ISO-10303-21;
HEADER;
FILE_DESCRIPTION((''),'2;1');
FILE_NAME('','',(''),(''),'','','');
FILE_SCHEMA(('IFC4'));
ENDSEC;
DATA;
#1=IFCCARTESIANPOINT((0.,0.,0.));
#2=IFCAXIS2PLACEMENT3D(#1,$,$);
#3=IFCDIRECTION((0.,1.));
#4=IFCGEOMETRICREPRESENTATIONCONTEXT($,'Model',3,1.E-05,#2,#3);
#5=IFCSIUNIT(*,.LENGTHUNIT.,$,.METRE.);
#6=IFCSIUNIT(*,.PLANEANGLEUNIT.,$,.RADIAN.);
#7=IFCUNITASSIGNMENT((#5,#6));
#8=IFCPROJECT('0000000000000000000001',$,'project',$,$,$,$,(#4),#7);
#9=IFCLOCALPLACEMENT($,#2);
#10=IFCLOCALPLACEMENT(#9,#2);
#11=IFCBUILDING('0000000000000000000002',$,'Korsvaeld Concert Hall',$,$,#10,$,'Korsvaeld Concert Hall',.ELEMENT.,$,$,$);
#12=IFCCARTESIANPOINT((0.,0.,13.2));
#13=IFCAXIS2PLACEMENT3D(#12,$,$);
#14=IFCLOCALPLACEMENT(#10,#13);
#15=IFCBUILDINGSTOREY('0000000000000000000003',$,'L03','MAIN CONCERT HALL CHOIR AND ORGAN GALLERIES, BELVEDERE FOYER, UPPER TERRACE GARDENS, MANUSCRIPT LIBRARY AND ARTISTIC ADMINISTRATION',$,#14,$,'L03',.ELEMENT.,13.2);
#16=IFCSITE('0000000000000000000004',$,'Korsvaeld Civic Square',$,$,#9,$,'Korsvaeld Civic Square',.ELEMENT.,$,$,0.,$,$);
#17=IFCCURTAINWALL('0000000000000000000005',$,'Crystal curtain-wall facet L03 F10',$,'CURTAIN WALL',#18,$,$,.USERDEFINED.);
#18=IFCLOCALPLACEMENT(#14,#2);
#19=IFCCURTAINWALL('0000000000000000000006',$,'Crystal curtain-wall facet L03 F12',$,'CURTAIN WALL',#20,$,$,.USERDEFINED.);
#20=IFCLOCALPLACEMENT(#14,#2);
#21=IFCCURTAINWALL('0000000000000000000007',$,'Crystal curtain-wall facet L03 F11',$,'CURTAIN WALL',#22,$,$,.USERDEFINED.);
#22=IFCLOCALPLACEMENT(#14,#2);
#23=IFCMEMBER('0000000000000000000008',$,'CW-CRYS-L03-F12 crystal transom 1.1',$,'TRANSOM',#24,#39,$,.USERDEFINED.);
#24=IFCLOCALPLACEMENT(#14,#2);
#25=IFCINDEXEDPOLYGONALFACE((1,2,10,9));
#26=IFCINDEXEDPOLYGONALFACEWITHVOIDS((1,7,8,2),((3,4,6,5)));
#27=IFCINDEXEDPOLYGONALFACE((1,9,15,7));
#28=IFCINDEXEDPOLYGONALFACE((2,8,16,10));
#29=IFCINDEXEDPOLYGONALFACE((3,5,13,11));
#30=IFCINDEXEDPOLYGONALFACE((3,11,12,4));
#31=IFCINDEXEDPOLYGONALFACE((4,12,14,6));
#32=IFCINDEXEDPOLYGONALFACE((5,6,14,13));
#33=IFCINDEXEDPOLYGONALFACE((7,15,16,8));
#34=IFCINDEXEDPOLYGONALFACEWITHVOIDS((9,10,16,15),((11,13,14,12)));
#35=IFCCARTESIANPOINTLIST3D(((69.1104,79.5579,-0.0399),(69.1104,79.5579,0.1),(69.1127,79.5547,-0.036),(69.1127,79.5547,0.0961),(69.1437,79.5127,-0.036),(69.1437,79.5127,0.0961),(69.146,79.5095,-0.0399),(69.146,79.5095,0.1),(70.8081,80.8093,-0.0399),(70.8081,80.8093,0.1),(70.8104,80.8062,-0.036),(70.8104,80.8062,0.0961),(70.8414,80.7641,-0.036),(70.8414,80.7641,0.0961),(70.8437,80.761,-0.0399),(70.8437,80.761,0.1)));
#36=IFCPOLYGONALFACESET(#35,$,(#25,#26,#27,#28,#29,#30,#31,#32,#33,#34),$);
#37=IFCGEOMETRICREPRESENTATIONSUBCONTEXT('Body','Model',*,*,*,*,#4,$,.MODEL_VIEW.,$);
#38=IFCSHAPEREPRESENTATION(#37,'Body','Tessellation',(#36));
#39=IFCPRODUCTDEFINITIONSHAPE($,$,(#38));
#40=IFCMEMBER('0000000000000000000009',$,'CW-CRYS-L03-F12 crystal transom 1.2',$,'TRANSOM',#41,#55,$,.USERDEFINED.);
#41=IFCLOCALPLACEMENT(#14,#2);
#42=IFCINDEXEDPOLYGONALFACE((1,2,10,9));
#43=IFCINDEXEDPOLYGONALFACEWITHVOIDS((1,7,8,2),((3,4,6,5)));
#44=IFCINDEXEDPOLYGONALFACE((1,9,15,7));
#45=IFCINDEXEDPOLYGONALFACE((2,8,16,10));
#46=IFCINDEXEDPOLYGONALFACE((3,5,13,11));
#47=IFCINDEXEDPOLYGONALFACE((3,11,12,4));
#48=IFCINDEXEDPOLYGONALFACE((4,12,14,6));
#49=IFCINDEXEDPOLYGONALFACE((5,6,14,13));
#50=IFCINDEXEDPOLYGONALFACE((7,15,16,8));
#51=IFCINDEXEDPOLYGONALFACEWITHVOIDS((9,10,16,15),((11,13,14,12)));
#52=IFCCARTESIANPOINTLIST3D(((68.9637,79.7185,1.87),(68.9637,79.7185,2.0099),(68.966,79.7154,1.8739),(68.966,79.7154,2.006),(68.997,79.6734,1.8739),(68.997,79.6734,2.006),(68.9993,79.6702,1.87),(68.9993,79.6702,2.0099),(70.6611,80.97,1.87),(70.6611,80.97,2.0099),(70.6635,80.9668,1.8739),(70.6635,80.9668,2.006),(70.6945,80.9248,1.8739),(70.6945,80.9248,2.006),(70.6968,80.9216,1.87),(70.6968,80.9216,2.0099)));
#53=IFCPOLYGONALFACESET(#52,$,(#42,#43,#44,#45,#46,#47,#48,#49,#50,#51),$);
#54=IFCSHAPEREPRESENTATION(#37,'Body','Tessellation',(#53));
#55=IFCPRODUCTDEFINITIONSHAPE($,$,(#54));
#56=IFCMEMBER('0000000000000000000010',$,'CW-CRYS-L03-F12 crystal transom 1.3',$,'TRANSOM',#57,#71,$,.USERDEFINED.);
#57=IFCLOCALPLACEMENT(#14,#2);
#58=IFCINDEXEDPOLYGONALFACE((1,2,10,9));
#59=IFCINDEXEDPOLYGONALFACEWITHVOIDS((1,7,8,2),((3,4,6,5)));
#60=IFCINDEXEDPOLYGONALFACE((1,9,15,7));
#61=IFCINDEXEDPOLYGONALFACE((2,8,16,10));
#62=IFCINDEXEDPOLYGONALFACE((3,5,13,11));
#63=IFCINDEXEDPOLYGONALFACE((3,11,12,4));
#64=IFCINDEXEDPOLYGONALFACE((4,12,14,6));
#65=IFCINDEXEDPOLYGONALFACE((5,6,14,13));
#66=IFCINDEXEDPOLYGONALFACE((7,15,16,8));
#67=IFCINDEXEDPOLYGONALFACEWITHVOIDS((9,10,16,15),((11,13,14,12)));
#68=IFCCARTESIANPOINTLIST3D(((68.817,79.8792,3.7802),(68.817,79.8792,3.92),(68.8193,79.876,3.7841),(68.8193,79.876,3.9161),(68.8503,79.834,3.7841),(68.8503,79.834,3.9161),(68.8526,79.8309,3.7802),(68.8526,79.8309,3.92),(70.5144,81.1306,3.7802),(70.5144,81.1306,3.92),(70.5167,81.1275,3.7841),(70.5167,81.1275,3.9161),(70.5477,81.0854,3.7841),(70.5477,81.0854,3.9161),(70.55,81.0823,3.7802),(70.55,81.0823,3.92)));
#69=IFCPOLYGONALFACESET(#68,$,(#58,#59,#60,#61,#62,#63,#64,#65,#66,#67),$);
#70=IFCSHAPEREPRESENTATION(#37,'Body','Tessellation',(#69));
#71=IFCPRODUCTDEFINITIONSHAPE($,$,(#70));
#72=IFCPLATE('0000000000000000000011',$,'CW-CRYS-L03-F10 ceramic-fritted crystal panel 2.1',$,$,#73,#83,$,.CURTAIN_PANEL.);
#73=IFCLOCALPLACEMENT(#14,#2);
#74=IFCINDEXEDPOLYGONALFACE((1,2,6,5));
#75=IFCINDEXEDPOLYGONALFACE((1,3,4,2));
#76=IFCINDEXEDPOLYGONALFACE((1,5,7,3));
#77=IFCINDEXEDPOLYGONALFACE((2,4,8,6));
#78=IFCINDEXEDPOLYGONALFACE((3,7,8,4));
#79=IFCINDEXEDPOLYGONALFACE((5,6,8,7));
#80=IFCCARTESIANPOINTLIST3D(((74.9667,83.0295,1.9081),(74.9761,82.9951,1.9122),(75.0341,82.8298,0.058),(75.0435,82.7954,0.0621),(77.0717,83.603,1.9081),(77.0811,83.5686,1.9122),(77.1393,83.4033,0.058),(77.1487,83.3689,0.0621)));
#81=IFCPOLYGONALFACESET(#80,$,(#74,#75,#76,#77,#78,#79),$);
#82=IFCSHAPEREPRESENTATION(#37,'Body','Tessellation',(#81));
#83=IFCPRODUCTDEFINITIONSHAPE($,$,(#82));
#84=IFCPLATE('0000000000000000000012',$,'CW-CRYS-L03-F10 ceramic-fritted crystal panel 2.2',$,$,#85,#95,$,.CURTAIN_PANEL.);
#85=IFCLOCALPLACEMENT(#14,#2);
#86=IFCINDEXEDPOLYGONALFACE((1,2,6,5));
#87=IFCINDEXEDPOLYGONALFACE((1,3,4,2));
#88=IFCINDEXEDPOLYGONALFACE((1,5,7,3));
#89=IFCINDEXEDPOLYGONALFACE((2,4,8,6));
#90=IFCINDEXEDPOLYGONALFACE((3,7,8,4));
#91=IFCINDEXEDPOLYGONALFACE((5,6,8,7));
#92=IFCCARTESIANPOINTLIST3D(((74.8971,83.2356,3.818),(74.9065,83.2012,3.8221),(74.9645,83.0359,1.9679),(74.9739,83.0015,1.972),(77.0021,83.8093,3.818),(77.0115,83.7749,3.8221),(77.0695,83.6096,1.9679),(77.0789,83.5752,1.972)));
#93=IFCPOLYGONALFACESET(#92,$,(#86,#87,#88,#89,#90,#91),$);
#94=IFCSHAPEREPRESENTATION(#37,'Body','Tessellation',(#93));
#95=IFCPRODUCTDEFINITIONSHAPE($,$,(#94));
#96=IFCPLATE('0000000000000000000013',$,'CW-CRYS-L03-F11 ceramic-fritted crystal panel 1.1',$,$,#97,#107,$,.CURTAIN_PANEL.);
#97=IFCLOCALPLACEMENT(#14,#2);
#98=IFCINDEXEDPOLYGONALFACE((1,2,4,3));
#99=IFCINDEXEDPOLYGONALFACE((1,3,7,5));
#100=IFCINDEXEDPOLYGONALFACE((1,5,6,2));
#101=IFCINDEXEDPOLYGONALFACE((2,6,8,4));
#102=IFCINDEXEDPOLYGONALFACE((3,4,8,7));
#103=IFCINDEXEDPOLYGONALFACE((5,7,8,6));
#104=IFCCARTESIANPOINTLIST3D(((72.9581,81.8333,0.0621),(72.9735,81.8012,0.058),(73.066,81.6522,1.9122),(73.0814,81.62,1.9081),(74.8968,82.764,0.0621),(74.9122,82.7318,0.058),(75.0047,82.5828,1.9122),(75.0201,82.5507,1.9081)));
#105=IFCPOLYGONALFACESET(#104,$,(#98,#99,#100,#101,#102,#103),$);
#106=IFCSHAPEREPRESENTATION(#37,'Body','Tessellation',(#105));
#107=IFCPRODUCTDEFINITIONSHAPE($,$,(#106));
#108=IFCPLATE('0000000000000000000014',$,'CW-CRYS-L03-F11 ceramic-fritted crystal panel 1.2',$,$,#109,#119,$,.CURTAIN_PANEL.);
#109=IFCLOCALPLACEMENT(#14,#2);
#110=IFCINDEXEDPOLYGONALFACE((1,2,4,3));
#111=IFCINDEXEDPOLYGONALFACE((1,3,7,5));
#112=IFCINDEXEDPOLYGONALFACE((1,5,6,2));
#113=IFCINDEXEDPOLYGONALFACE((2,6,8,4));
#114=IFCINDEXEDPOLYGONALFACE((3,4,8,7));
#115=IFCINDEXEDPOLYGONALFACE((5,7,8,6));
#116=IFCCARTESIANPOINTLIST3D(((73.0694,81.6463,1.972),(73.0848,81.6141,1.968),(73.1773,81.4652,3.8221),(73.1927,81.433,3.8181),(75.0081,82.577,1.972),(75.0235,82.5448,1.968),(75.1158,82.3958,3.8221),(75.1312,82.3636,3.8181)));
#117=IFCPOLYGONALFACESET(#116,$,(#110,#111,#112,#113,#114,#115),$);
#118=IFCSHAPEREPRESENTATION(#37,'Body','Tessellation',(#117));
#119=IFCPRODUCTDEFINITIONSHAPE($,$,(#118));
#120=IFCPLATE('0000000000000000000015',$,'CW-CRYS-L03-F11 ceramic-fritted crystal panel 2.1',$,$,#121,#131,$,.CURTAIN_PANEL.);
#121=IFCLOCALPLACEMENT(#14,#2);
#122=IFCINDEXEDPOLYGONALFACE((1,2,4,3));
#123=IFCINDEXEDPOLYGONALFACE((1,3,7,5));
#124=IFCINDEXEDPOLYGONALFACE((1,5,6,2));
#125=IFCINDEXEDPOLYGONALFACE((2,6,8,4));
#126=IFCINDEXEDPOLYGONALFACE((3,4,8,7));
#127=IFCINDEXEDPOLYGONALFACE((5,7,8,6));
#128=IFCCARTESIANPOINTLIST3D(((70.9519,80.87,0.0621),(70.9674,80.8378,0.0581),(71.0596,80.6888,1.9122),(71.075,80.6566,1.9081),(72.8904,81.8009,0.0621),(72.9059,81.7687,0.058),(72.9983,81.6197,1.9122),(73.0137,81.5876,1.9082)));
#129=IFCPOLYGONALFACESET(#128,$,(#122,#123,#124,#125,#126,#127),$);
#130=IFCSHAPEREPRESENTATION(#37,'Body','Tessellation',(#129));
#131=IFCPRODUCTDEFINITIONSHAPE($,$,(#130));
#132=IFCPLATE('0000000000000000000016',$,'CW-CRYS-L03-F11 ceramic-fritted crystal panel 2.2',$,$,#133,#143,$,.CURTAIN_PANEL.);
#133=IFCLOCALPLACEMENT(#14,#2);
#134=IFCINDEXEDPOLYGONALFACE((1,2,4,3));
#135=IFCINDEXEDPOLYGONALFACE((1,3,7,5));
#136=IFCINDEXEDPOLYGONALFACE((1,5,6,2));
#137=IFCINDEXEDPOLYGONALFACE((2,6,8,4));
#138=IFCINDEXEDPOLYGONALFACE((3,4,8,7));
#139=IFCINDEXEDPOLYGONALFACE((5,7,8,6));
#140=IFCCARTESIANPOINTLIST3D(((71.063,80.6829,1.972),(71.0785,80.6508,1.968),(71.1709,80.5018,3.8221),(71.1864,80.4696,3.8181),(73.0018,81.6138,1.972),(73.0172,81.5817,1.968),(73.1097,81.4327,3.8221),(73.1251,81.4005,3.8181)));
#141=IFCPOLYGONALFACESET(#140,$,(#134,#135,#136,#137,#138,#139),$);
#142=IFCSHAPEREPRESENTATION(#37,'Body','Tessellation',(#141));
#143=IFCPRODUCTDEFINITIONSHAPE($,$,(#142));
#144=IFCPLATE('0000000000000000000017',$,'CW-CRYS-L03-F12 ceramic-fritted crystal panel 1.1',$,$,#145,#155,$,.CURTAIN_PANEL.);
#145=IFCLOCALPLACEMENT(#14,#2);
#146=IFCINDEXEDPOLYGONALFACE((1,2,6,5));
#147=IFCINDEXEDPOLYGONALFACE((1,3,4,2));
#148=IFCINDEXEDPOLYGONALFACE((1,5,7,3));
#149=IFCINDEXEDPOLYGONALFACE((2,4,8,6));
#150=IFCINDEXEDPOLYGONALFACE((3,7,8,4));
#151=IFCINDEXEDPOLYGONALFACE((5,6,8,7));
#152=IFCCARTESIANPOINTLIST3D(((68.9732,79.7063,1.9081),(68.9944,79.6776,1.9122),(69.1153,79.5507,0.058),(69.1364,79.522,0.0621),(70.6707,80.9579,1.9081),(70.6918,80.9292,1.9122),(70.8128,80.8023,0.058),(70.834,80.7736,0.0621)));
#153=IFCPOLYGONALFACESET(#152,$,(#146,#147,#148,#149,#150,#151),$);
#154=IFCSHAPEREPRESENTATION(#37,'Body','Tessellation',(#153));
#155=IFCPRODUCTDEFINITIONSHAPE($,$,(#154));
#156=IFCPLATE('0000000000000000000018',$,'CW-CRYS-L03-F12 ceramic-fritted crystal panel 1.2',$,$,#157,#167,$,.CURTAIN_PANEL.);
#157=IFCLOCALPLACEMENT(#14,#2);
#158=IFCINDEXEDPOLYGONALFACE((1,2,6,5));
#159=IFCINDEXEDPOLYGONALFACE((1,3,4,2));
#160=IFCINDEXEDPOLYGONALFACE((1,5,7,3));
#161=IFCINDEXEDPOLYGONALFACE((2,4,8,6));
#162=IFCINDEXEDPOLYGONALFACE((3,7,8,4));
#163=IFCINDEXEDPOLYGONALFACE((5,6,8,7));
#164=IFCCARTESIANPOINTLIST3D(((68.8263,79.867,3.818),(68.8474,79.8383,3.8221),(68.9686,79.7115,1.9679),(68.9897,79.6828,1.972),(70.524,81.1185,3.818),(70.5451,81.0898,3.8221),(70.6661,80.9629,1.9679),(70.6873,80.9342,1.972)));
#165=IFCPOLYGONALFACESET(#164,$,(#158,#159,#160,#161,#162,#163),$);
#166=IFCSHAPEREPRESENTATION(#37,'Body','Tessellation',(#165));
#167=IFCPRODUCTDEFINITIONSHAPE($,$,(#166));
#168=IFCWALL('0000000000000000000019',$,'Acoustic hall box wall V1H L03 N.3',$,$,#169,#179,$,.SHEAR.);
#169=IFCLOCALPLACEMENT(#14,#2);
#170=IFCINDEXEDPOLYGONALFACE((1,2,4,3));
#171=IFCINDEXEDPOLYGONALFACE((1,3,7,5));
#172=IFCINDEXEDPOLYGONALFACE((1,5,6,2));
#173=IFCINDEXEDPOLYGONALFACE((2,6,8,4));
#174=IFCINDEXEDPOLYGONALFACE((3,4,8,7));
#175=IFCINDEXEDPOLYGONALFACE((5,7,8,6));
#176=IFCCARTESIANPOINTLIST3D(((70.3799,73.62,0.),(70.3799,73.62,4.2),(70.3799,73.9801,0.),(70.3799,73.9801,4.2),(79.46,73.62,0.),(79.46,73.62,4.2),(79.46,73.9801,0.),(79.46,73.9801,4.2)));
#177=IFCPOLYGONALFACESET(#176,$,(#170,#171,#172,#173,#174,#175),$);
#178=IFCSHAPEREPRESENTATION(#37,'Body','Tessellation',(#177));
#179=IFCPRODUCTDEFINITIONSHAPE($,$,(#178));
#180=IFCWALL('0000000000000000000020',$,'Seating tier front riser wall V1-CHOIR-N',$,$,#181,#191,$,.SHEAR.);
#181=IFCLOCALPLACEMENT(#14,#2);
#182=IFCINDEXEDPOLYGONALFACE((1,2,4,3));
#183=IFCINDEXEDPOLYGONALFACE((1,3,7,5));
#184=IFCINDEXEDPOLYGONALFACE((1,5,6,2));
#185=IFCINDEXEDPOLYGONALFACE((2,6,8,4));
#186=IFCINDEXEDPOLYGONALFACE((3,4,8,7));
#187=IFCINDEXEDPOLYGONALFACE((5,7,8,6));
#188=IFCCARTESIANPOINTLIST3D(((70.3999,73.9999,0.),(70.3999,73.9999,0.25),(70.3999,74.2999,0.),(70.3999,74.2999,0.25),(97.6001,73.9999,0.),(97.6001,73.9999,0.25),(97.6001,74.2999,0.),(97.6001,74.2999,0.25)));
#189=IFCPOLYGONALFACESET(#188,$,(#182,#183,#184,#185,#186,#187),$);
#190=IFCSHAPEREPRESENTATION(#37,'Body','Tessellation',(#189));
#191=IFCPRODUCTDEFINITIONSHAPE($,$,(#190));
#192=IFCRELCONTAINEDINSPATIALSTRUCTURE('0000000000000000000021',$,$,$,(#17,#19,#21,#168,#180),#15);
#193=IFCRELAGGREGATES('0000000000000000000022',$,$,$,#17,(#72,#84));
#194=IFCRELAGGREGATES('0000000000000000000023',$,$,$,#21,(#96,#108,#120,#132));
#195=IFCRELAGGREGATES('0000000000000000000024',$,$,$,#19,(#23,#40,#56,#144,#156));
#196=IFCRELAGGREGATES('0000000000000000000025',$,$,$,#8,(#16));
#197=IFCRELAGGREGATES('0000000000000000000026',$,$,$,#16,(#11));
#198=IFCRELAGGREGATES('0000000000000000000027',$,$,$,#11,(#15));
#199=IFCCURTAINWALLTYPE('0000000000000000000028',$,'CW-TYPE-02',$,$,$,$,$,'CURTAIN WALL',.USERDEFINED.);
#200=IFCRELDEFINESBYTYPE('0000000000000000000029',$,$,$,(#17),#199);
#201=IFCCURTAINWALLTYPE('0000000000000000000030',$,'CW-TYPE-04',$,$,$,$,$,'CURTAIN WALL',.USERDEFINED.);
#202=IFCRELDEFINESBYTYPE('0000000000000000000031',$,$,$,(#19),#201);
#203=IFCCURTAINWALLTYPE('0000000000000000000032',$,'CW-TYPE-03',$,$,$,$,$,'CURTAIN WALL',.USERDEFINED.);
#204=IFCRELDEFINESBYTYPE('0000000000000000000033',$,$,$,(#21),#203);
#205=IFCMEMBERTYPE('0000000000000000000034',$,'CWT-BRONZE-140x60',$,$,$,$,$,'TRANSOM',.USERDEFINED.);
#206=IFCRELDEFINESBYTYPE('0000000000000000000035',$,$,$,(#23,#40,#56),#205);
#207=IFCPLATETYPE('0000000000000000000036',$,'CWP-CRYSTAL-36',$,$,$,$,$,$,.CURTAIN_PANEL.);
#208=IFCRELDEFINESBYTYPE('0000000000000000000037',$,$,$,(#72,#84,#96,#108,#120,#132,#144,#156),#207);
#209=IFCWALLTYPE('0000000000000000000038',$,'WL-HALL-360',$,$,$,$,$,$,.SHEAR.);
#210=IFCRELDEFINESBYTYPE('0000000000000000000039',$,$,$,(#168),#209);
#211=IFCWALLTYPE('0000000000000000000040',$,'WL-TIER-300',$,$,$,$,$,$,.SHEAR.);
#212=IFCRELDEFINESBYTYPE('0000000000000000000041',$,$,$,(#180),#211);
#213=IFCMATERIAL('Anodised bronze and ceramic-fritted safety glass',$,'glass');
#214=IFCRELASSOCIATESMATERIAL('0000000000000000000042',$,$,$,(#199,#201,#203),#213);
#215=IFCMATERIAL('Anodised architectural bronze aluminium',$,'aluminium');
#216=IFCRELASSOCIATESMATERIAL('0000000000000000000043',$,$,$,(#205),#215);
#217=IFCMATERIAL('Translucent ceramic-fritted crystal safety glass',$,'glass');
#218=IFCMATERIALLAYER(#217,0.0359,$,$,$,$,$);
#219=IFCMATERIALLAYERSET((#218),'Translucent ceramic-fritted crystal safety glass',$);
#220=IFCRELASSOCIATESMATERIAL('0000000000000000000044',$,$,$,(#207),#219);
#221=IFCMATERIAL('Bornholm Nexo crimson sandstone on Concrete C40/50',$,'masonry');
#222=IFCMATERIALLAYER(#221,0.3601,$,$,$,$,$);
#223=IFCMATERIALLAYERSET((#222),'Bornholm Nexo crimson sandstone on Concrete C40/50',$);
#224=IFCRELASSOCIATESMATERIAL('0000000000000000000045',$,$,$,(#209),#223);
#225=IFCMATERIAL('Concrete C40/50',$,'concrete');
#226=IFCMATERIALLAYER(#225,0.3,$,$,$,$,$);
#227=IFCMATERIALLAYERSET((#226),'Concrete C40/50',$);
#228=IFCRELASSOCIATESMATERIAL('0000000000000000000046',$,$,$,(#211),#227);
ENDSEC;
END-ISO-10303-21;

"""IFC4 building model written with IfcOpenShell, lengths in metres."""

from ifc_helpers import new_model, si_unit, direction, frame, frame_2d, origin, origin_2d, place, context, subcontext, project, spatial, polyline, rectangle, hollow_rectangle, outline, extrude, material, layer, layer_set, material_profile, profile_set, type_object, element, aggregate, save


model = new_model("IFC4")

# Units and contexts
model_context = context("Model", 3, precision=1e-05, world=origin(), true_north=direction((0.0, 1.0)))
body_context = subcontext(model_context, "Body", "Model", "MODEL_VIEW")
ifc_project = project(units=[si_unit("LENGTHUNIT", "METRE"), si_unit("PLANEANGLEUNIT", "RADIAN")], contexts=[model_context])

# Site, building, storey
site_placement = place(None, origin())
site = spatial("IfcSite", under=ifc_project, at=site_placement, Name="Korsvaeld Civic Square", LongName="Korsvaeld Civic Square", CompositionType="ELEMENT", RefElevation=0.0)
building_placement = place(site_placement, origin())
building = spatial("IfcBuilding", under=site, at=building_placement, Name="Korsvaeld Concert Hall", LongName="Korsvaeld Concert Hall", CompositionType="ELEMENT")
storey_placement = place(building_placement, frame((0.0, 0.0, 13.2)))
storey = spatial("IfcBuildingStorey", under=building, at=storey_placement, Name="L03", Description="MAIN CONCERT HALL CHOIR AND ORGAN GALLERIES, BELVEDERE FOYER, UPPER TERRACE GARDENS, MANUSCRIPT LIBRARY AND ARTISTIC ADMINISTRATION", LongName="L03", CompositionType="ELEMENT", Elevation=13.2)

# Shared definitions
ifc_material_1 = material(Name="Concrete C40/50", Category="concrete")

# Curtain wall
ifc_material_2 = material(Name="Anodised bronze and ceramic-fritted safety glass", Category="glass")
curtain_wall_type_1 = type_object("IfcCurtainWallType", Name="CW-TYPE-02", ElementType="CURTAIN WALL", PredefinedType="USERDEFINED", material=ifc_material_2)
curtain_wall_1_placement = place(storey_placement, origin())
curtain_wall_1 = element("IfcCurtainWall", 1, at=curtain_wall_1_placement, inside=storey, type_object=curtain_wall_type_1, Name="Crystal curtain-wall facet L03 F10", ObjectType="CURTAIN WALL", PredefinedType="USERDEFINED")
ifc_material_3 = material(Name="Anodised architectural bronze aluminium", Category="aluminium")

# Curtain wall
curtain_wall_type_2 = type_object("IfcCurtainWallType", Name="CW-TYPE-04", ElementType="CURTAIN WALL", PredefinedType="USERDEFINED", material=ifc_material_2)
curtain_wall_2_placement = place(storey_placement, origin())
curtain_wall_2 = element("IfcCurtainWall", 2, at=curtain_wall_2_placement, inside=storey, type_object=curtain_wall_type_2, Name="Crystal curtain-wall facet L03 F12", ObjectType="CURTAIN WALL", PredefinedType="USERDEFINED")

# Curtain wall
curtain_wall_type_3 = type_object("IfcCurtainWallType", Name="CW-TYPE-03", ElementType="CURTAIN WALL", PredefinedType="USERDEFINED", material=ifc_material_2)
curtain_wall_3_placement = place(storey_placement, origin())
curtain_wall_3 = element("IfcCurtainWall", 3, at=curtain_wall_3_placement, inside=storey, type_object=curtain_wall_type_3, Name="Crystal curtain-wall facet L03 F11", ObjectType="CURTAIN WALL", PredefinedType="USERDEFINED")

# Members
ifc_material_profile_1 = material_profile(ifc_material_3, hollow_rectangle(XDim=0.0601, YDim=0.1399, WallThickness=0.0039, at=origin_2d()), Name="CWT 140x60x4")
ifc_profile_set_1 = profile_set([ifc_material_profile_1], Name="Anodised architectural bronze aluminium")
member_type_1 = type_object("IfcMemberType", Name="CWT-BRONZE-140x60", ElementType="TRANSOM", PredefinedType="USERDEFINED", material=ifc_profile_set_1)
member_1_placement = place(storey_placement, frame((70.8259, 80.7852, 0.03), z_axis=(-0.804945, -0.593349, 0.0), x_axis=(0.593349, -0.804945, 0.0)))
member_1 = element("IfcMember", 4, at=member_1_placement, type_object=member_type_1, Name="CW-CRYS-L03-F12 crystal transom 1.1", ObjectType="TRANSOM", PredefinedType="USERDEFINED", context=body_context, shape_type="SweptSolid", body=[
    extrude(hollow_rectangle(XDim=0.0601, YDim=0.1399, WallThickness=0.0039, at=origin_2d()), origin(), (0.0, 0.0, 1.0), 2.1091),
])
member_2_placement = place(storey_placement, frame((70.679, 80.9458, 1.9399), z_axis=(-0.804905, -0.593404, 0.0), x_axis=(0.593404, -0.804905, 0.0)))
member_2 = element("IfcMember", 5, at=member_2_placement, type_object=member_type_1, Name="CW-CRYS-L03-F12 crystal transom 1.2", ObjectType="TRANSOM", PredefinedType="USERDEFINED", context=body_context, shape_type="SweptSolid", body=[
    extrude(hollow_rectangle(XDim=0.0601, YDim=0.1399, WallThickness=0.0039, at=origin_2d()), origin(), (0.0, 0.0, 1.0), 2.1089),
])
member_3_placement = place(storey_placement, frame((70.5322, 81.1064, 3.8501), z_axis=(-0.804905, -0.593404, 0.0), x_axis=(0.593404, -0.804905, 0.0)))
member_3 = element("IfcMember", 6, at=member_3_placement, type_object=member_type_1, Name="CW-CRYS-L03-F12 crystal transom 1.3", ObjectType="TRANSOM", PredefinedType="USERDEFINED", context=body_context, shape_type="SweptSolid", body=[
    extrude(hollow_rectangle(XDim=0.0601, YDim=0.1399, WallThickness=0.0039, at=origin_2d()), origin(), (0.0, 0.0, 1.0), 2.1089),
])

# Plates
ifc_material_4 = material(Name="Translucent ceramic-fritted crystal safety glass", Category="glass")
ifc_layer_1 = layer(ifc_material_4, 0.0359)
ifc_layer_set_1 = layer_set([ifc_layer_1], Name="Translucent ceramic-fritted crystal safety glass")
plate_type = type_object("IfcPlateType", Name="CWP-CRYSTAL-36", PredefinedType="CURTAIN_PANEL", material=ifc_layer_set_1)
plate_1_placement = place(storey_placement, frame((77.144, 83.386, 0.0601), z_axis=(-0.261164, 0.958656, -0.11301), x_axis=(-0.964837, -0.262847, 0.000002)))
plate_1 = element("IfcPlate", 7, at=plate_1_placement, type_object=plate_type, Name="CW-CRYS-L03-F10 ceramic-fritted crystal panel 2.1", PredefinedType="CURTAIN_PANEL", context=body_context, shape_type="SweptSolid", body=[
    extrude(outline(polyline([(0.0, 0.0), (2.1819, 0.0), (2.1945, 1.862), (0.0128, 1.862), (0.0, 0.0)])), frame((0.0, 0.0, 0.0181)), (0.0, 0.0, -1.0), 0.0359),
])
plate_2_placement = place(storey_placement, frame((77.0742, 83.5923, 1.97), z_axis=(-0.261282, 0.958626, -0.112994), x_axis=(-0.964805, -0.262966, 0.0)))
plate_2 = element("IfcPlate", 8, at=plate_2_placement, type_object=plate_type, Name="CW-CRYS-L03-F10 ceramic-fritted crystal panel 2.2", PredefinedType="CURTAIN_PANEL", context=body_context, shape_type="SweptSolid", body=[
    extrude(outline(polyline([(0.0, 0.0), (2.1818, 0.0), (2.1943, 1.862), (0.0125, 1.862), (0.0, 0.0)])), frame((0.0, 0.0, 0.0181)), (0.0, 0.0, -1.0), 0.0359),
])
aggregate(curtain_wall_1, [plate_1, plate_2])
plate_3_placement = place(storey_placement, frame((74.9045, 82.7478, 0.0601), z_axis=(-0.429999, 0.895756, 0.112788), x_axis=(-0.901509, -0.432761, 0.0)))
plate_3 = element("IfcPlate", 9, at=plate_3_placement, type_object=plate_type, Name="CW-CRYS-L03-F11 ceramic-fritted crystal panel 1.1", PredefinedType="CURTAIN_PANEL", context=body_context, shape_type="SweptSolid", body=[
    extrude(outline(polyline([(0.0, 0.0), (2.1505, 0.0), (2.1316, 1.862), (-0.0189, 1.862), (0.0, 0.0)])), frame((0.0, 0.0, 0.0181)), (0.0, 0.0, -1.0), 0.0359),
])
plate_4_placement = place(storey_placement, frame((75.0159, 82.5608, 1.97), z_axis=(-0.430023, 0.895749, 0.112761), x_axis=(-0.901498, -0.432782, -0.000003)))
plate_4 = element("IfcPlate", 10, at=plate_4_placement, type_object=plate_type, Name="CW-CRYS-L03-F11 ceramic-fritted crystal panel 1.2", PredefinedType="CURTAIN_PANEL", context=body_context, shape_type="SweptSolid", body=[
    extrude(outline(polyline([(0.0, 0.0), (2.1505, 0.0), (2.1316, 1.862), (-0.0187, 1.862), (0.0, 0.0)])), frame((0.0, 0.0, 0.0181)), (0.0, 0.0, -1.0), 0.0359),
])
plate_5_placement = place(storey_placement, frame((72.8982, 81.7847, 0.0601), z_axis=(-0.430114, 0.895705, 0.112762), x_axis=(-0.901454, -0.432875, 0.000003)))
plate_5 = element("IfcPlate", 11, at=plate_5_placement, type_object=plate_type, Name="CW-CRYS-L03-F11 ceramic-fritted crystal panel 2.1", PredefinedType="CURTAIN_PANEL", context=body_context, shape_type="SweptSolid", body=[
    extrude(outline(polyline([(0.0, 0.0), (2.1504, 0.0), (2.1318, 1.862), (-0.0189, 1.862), (0.0, 0.0)])), frame((0.0, 0.0, 0.0181)), (0.0, 0.0, -1.0), 0.0359),
])
plate_6_placement = place(storey_placement, frame((73.0095, 81.5977, 1.97), z_axis=(-0.430091, 0.895712, 0.112789), x_axis=(-0.901465, -0.432853, 0.0)))
plate_6 = element("IfcPlate", 12, at=plate_6_placement, type_object=plate_type, Name="CW-CRYS-L03-F11 ceramic-fritted crystal panel 2.2", PredefinedType="CURTAIN_PANEL", context=body_context, shape_type="SweptSolid", body=[
    extrude(outline(polyline([(0.0, 0.0), (2.1506, 0.0), (2.1318, 1.862), (-0.0189, 1.862), (0.0, 0.0)])), frame((0.0, 0.0, 0.0181)), (0.0, 0.0, -1.0), 0.0359),
])
aggregate(curtain_wall_3, [plate_3, plate_4, plate_5, plate_6])
plate_7_placement = place(storey_placement, frame((70.8235, 80.7878, 0.0601), z_axis=(-0.58967, 0.799761, -0.112567), x_axis=(-0.804877, -0.593442, -0.000005)))
plate_7 = element("IfcPlate", 13, at=plate_7_placement, type_object=plate_type, Name="CW-CRYS-L03-F12 ceramic-fritted crystal panel 1.1", PredefinedType="CURTAIN_PANEL", context=body_context, shape_type="SweptSolid", body=[
    extrude(outline(polyline([(0.0, 0.0), (2.1091, 0.0), (2.131, 1.8619), (0.0221, 1.8619), (0.0, 0.0)])), frame((0.0, 0.0, 0.0181)), (0.0, 0.0, -1.0), 0.0359),
])
plate_8_placement = place(storey_placement, frame((70.6768, 80.9485, 1.97), z_axis=(-0.589606, 0.79981, -0.112553), x_axis=(-0.804925, -0.593377, -0.000004)))
plate_8 = element("IfcPlate", 14, at=plate_8_placement, type_object=plate_type, Name="CW-CRYS-L03-F12 ceramic-fritted crystal panel 1.2", PredefinedType="CURTAIN_PANEL", context=body_context, shape_type="SweptSolid", body=[
    extrude(outline(polyline([(0.0, 0.0), (2.109, 0.0), (2.1312, 1.8619), (0.0221, 1.8619), (0.0, 0.0)])), frame((0.0, 0.0, 0.0181)), (0.0, 0.0, -1.0), 0.0359),
])
aggregate(curtain_wall_2, [member_1, member_2, member_3, plate_7, plate_8])

# Walls
ifc_material_5 = material(Name="Bornholm Nexo crimson sandstone on Concrete C40/50", Category="masonry")
ifc_layer_2 = layer(ifc_material_5, 0.3601)
ifc_layer_set_2 = layer_set([ifc_layer_2], Name="Bornholm Nexo crimson sandstone on Concrete C40/50")
wall_type_1 = type_object("IfcWallType", Name="WL-HALL-360", PredefinedType="SHEAR", material=ifc_layer_set_2)
wall_1_placement = place(storey_placement, frame((79.46, 73.8, 0.0), z_axis=(0.0, 0.0, 1.0), x_axis=(-1.0, 0.0, 0.0)))
element("IfcWall", 15, at=wall_1_placement, inside=storey, type_object=wall_type_1, Name="Acoustic hall box wall V1H L03 N.3", PredefinedType="SHEAR", context=body_context, shape_type="SweptSolid", body=[
    extrude(rectangle(XDim=9.0801, YDim=0.3601, at=frame_2d((4.54, 0.0))), origin(), (0.0, 0.0, 1.0), 4.2),
])
ifc_layer_3 = layer(ifc_material_1, 0.3)
ifc_layer_set_3 = layer_set([ifc_layer_3], Name="Concrete C40/50")
wall_type_2 = type_object("IfcWallType", Name="WL-TIER-300", PredefinedType="SHEAR", material=ifc_layer_set_3)
for number, where, z_axis, x_axis, name in (
    (16, (70.3999, 74.1499, 0.0), (0.0, 0.0, 1.0), (1.0, 0.0, 0.0), "Seating tier front riser wall V1-CHOIR-N"),
):
    element("IfcWall", number, at=place(storey_placement, frame(where, z_axis=z_axis, x_axis=x_axis)), inside=storey, type_object=wall_type_2, Name=name, PredefinedType="SHEAR", context=body_context, shape_type="SweptSolid", body=[
        extrude(rectangle(XDim=27.2002, YDim=0.3, at=frame_2d((13.6001, 0.0))), origin(), (0.0, 0.0, 1.0), 0.25),
    ])

save(model, "model.ifc")
